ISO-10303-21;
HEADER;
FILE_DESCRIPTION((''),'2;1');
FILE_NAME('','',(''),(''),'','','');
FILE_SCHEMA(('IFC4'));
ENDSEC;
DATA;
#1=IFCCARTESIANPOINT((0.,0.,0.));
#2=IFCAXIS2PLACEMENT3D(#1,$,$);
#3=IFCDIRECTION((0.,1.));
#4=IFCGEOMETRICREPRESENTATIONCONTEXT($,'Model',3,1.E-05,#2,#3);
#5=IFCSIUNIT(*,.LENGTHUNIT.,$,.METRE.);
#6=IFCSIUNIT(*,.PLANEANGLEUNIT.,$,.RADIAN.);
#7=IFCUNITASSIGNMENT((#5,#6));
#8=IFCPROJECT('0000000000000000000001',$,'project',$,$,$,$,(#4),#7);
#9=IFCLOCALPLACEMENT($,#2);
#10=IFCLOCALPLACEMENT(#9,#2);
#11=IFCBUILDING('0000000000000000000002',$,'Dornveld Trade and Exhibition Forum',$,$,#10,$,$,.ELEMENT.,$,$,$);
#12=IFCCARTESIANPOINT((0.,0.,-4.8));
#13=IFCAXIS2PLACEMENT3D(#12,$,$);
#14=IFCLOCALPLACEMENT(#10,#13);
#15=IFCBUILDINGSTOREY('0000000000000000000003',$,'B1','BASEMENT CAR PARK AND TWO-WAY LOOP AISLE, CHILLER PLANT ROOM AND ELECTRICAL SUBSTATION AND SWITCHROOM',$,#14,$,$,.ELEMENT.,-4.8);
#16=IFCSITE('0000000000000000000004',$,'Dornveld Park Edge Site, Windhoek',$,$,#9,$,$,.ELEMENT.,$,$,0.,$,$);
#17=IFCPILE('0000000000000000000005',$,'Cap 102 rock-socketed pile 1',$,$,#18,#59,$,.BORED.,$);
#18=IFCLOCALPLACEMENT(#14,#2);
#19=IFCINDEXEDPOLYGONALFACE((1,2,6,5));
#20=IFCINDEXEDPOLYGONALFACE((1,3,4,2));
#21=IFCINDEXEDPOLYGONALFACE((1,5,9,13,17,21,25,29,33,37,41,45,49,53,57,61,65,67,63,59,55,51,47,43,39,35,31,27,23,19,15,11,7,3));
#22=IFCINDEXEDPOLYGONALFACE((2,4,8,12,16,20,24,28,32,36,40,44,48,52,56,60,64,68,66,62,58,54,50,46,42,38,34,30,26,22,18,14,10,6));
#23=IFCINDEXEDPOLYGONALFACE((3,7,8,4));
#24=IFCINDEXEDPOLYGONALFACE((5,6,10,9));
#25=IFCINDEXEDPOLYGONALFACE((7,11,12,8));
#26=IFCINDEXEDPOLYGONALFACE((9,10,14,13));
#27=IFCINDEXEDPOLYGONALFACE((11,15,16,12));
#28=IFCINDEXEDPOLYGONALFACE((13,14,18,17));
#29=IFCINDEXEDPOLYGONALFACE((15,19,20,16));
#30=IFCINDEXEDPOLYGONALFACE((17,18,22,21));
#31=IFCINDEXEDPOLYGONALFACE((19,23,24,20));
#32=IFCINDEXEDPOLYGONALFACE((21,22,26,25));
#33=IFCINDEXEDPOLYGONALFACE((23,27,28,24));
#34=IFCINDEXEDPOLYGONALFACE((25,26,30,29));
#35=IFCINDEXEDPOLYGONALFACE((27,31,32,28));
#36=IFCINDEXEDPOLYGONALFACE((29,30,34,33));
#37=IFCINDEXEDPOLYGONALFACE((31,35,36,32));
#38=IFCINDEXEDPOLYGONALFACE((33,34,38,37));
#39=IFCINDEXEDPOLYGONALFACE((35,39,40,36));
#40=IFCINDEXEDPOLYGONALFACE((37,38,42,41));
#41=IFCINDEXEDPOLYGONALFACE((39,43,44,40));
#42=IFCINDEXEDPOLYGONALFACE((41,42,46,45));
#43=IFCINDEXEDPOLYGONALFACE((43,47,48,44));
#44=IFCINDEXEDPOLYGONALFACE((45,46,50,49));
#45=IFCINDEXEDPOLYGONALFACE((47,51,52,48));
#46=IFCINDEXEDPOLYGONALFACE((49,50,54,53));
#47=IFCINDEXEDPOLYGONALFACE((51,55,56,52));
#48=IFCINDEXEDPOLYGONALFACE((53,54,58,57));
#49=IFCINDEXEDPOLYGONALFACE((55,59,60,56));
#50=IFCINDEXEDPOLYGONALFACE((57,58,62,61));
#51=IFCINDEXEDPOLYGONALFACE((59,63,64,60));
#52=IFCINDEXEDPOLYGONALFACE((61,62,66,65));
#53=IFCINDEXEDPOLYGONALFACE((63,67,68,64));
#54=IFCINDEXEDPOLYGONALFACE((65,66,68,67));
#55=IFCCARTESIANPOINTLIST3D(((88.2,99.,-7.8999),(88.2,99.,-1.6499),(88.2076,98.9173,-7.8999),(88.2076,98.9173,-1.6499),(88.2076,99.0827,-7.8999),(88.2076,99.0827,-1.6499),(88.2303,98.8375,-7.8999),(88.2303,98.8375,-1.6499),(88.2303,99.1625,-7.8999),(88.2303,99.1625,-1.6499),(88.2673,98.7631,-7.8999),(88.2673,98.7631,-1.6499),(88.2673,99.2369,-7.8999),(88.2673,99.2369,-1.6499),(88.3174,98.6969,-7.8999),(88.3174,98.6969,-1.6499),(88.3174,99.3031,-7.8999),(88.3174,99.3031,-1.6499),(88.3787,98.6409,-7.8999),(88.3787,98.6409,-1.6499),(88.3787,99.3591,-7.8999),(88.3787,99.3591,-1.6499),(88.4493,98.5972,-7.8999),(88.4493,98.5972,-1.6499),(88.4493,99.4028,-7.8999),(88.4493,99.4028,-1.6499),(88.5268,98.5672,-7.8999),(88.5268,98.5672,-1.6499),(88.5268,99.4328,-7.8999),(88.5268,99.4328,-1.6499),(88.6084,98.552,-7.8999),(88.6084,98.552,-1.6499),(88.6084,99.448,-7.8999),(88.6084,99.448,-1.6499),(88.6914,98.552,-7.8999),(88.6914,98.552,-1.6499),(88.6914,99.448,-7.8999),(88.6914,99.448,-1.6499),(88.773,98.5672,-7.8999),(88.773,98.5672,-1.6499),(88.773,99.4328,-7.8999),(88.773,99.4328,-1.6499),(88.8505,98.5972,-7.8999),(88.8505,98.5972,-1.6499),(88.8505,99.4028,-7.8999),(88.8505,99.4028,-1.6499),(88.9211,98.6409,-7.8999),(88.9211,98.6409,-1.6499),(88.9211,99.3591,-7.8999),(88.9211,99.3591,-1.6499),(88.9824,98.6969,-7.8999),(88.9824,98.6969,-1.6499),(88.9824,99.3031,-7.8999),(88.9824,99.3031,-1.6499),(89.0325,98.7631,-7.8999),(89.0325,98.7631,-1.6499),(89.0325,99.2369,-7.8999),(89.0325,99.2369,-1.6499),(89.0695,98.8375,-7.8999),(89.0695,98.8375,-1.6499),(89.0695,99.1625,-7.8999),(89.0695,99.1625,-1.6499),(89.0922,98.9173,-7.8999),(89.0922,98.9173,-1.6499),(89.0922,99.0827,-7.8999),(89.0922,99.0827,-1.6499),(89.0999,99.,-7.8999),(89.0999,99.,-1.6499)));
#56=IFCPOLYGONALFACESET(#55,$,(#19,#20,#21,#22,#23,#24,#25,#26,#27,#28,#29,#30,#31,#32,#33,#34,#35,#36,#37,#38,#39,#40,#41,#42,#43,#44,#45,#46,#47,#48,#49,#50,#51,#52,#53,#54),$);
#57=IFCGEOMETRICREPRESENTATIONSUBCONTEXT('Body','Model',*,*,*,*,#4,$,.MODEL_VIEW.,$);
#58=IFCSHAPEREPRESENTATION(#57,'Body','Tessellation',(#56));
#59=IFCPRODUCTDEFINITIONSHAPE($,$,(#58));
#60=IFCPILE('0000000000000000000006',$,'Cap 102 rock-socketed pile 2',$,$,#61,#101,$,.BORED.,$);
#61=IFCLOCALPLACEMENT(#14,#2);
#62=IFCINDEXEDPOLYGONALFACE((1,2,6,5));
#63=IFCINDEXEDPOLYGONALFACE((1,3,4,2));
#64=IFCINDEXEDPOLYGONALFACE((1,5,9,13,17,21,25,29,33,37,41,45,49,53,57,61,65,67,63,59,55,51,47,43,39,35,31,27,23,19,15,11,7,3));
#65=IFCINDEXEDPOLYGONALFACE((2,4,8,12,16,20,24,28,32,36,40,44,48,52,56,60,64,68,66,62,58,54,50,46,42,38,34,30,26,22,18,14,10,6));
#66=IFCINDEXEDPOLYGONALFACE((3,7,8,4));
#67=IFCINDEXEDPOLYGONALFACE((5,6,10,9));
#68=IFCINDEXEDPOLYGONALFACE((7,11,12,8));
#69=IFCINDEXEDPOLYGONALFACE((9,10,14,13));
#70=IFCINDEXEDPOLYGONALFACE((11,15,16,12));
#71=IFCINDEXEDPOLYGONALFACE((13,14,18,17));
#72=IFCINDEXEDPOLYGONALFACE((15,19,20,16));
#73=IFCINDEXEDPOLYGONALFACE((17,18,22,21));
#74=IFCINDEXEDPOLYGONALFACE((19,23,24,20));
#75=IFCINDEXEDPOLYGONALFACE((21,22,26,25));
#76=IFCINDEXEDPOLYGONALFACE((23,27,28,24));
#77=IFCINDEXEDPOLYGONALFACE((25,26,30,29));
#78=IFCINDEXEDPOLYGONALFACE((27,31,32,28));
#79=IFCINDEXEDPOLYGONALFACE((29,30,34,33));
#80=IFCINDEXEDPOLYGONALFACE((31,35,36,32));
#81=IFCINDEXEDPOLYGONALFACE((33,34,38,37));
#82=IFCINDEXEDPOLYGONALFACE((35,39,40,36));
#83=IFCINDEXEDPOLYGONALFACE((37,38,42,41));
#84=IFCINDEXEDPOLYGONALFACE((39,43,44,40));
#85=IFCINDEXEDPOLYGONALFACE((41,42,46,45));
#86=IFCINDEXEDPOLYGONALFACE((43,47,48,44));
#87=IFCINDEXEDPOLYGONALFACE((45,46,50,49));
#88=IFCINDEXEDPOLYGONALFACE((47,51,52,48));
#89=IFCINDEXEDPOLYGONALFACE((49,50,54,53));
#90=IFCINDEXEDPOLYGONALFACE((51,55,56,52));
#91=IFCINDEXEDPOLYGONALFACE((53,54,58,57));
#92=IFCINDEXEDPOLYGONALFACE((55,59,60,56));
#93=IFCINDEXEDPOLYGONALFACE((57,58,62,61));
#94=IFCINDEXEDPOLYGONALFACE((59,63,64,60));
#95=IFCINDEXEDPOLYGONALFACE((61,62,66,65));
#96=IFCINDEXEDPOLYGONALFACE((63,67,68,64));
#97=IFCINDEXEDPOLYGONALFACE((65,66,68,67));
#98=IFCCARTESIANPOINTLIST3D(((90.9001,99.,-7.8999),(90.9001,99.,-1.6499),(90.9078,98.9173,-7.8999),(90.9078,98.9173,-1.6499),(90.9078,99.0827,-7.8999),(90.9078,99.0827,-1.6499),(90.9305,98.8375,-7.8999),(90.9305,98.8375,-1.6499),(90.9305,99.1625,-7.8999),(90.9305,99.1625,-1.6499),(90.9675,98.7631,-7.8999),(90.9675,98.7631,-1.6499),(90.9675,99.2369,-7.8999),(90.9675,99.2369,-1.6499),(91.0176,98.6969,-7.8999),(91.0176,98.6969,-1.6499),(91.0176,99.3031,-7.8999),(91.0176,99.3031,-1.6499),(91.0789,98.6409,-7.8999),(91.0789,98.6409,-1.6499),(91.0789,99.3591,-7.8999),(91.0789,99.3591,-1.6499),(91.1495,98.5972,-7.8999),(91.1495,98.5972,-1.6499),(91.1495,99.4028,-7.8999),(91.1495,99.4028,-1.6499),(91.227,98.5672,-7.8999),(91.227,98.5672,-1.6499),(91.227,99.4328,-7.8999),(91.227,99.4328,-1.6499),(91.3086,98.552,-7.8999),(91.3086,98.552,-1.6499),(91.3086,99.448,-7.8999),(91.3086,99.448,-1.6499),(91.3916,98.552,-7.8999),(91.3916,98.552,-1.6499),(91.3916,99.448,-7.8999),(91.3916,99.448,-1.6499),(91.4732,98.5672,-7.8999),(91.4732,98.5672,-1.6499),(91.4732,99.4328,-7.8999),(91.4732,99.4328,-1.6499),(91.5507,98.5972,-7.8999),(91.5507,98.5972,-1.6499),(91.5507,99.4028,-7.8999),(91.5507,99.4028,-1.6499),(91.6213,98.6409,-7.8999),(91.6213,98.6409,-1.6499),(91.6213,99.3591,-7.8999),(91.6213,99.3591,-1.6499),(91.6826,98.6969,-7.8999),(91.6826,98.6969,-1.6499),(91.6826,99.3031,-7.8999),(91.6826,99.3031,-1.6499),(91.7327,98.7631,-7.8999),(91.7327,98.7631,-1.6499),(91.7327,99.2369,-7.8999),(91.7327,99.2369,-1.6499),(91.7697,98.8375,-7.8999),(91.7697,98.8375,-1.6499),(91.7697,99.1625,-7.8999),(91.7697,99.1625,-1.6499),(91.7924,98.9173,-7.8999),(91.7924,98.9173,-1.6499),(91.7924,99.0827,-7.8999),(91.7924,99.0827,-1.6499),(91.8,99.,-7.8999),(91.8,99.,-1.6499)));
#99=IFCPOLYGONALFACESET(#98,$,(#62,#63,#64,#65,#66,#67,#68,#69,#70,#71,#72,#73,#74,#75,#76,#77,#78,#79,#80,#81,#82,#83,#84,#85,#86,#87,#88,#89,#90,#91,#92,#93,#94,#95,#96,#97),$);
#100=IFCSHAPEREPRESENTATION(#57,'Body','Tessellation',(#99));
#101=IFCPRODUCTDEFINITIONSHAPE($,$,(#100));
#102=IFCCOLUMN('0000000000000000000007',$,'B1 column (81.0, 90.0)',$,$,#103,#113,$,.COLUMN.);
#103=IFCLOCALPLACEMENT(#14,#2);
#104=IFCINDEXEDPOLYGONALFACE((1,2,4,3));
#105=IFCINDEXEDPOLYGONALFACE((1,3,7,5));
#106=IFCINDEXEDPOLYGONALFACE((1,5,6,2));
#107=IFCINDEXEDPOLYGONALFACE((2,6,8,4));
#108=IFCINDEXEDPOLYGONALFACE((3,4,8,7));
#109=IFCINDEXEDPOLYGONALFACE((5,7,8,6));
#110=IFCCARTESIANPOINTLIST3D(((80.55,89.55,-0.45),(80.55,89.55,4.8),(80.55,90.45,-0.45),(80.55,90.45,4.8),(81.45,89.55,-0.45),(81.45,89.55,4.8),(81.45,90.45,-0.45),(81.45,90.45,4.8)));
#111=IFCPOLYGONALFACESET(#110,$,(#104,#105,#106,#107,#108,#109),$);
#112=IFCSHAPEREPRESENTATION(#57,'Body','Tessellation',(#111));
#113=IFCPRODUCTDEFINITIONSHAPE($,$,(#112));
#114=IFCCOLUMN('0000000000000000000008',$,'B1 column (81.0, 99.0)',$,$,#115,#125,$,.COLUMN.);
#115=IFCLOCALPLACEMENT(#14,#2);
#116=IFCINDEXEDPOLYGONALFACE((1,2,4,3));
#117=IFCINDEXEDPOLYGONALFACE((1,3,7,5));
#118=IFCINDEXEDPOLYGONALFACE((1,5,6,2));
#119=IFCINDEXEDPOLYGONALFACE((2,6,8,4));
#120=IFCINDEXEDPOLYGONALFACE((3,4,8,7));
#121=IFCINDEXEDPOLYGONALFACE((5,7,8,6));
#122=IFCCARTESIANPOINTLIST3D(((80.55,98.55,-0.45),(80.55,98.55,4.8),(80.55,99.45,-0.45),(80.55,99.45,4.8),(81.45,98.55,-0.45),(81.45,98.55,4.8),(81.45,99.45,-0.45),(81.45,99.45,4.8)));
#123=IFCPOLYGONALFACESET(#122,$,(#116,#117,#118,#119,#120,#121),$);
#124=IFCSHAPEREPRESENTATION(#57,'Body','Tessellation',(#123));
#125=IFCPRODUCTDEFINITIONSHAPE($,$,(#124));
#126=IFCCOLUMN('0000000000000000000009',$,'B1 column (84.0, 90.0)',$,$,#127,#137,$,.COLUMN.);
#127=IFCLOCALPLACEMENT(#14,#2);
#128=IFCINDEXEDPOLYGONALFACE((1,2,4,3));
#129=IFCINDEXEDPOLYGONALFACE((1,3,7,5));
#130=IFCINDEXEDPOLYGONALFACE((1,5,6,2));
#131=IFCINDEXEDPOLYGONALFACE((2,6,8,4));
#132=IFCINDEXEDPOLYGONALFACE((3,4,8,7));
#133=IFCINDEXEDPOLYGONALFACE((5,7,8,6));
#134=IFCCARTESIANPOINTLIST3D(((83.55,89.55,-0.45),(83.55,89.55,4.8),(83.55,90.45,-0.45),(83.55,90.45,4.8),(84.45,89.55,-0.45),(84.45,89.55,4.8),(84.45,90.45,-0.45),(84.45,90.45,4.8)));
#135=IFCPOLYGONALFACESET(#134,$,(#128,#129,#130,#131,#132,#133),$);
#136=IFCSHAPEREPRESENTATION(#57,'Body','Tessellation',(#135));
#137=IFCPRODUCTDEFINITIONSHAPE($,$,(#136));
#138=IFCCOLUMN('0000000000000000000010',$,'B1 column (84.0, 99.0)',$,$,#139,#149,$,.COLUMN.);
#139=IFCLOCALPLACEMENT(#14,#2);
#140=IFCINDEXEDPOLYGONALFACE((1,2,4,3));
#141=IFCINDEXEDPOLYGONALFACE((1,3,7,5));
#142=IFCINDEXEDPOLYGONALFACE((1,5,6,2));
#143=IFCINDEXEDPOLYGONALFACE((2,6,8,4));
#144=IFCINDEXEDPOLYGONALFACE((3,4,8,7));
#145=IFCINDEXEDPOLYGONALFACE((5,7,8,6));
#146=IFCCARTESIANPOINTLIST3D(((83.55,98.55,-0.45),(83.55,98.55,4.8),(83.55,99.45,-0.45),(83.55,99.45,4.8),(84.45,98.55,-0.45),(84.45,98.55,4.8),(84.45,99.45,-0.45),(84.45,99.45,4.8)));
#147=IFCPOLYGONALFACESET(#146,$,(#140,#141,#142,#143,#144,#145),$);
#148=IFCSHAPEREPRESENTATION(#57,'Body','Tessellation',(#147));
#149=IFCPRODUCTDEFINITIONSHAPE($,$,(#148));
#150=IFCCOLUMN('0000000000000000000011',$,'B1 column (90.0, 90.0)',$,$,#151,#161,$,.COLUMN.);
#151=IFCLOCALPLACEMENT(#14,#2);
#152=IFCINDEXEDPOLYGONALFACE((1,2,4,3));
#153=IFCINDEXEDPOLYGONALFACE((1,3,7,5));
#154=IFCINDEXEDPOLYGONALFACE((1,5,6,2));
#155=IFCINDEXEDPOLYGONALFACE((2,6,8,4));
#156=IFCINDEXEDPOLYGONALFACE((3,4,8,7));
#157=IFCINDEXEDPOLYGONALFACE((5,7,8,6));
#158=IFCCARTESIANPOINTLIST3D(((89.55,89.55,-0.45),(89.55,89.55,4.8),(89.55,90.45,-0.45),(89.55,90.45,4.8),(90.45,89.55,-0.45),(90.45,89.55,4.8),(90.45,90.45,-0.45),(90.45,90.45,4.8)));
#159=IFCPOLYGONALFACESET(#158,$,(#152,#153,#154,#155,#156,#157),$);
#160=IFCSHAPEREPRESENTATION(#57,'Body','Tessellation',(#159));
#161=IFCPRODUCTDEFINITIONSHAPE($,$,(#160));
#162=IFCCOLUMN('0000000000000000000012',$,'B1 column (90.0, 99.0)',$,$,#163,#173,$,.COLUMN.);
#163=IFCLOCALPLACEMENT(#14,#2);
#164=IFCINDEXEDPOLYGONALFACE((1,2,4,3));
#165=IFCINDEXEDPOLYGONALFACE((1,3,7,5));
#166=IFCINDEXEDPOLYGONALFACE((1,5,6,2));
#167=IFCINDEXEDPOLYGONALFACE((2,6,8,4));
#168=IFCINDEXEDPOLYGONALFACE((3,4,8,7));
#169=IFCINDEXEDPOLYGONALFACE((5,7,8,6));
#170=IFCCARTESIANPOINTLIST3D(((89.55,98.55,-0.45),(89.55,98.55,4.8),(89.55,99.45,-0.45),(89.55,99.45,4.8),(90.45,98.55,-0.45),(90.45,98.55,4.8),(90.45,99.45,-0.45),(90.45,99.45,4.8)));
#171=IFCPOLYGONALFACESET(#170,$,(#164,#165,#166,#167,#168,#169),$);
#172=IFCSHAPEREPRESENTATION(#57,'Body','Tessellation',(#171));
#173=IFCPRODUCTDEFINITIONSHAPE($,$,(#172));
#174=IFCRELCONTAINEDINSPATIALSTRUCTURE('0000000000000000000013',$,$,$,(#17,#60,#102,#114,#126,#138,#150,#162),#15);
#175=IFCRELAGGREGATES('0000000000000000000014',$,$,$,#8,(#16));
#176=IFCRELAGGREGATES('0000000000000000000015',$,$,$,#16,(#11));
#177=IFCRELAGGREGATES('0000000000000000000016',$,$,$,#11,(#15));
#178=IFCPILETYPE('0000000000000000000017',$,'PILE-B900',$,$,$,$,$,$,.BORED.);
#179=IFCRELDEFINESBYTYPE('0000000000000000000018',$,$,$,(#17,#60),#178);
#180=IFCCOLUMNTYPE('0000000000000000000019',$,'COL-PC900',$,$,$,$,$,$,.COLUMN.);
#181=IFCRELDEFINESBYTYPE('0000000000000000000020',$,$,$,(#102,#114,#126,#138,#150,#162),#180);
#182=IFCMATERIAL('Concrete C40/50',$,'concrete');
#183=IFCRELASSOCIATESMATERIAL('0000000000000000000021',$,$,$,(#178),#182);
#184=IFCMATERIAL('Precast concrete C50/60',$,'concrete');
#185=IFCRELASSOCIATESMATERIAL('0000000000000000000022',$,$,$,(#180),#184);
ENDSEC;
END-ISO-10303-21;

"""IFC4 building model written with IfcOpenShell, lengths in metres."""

from ifc_helpers import new_model, si_unit, direction, frame, origin, origin_2d, place, context, subcontext, project, spatial, rectangle, circle, extrude, material, material_profile, profile_set, type_object, element, save


model = new_model("IFC4")

# Units and contexts
model_context = context("Model", 3, precision=1e-05, world=origin(), true_north=direction((0.0, 1.0)))
body_context = subcontext(model_context, "Body", "Model", "MODEL_VIEW")
ifc_project = project(units=[si_unit("LENGTHUNIT", "METRE"), si_unit("PLANEANGLEUNIT", "RADIAN")], contexts=[model_context])

# Site, building, storey
site_placement = place(None, origin())
site = spatial("IfcSite", under=ifc_project, at=site_placement, Name="Dornveld Park Edge Site, Windhoek", CompositionType="ELEMENT", RefElevation=0.0)
building_placement = place(site_placement, origin())
building = spatial("IfcBuilding", under=site, at=building_placement, Name="Dornveld Trade and Exhibition Forum", CompositionType="ELEMENT")
storey_placement = place(building_placement, frame((0.0, 0.0, -4.8)))
storey = spatial("IfcBuildingStorey", under=building, at=storey_placement, Name="B1", Description="BASEMENT CAR PARK AND TWO-WAY LOOP AISLE, CHILLER PLANT ROOM AND ELECTRICAL SUBSTATION AND SWITCHROOM", CompositionType="ELEMENT", Elevation=-4.8)

# Piles
ifc_material_1 = material(Name="Concrete C40/50", Category="concrete")
ifc_material_profile_1 = material_profile(ifc_material_1, circle(Radius=0.45, at=origin_2d()), Name="PILE D900")
ifc_profile_set_1 = profile_set([ifc_material_profile_1], Name="Concrete C40/50")
pile_type_1 = type_object("IfcPileType", Name="PILE-B900", PredefinedType="BORED", material=ifc_profile_set_1)
for number, where, z_axis, x_axis, name in (
    (1, (88.6499, 99.0, -1.6499), (0.0, 0.0, -1.0), (1.0, 0.0, 0.0), "Cap 102 rock-socketed pile 1"),
    (2, (91.3501, 99.0, -1.6499), (0.0, 0.0, -1.0), (1.0, 0.0, 0.0), "Cap 102 rock-socketed pile 2"),
):
    element("IfcPile", number, at=place(storey_placement, frame(where, z_axis=z_axis, x_axis=x_axis)), inside=storey, type_object=pile_type_1, Name=name, PredefinedType="BORED", context=body_context, shape_type="SweptSolid", body=[
        extrude(circle(Radius=0.45, at=origin_2d()), origin(), (0.0, 0.0, 1.0), 6.25),
    ])

# Columns
ifc_material_2 = material(Name="Precast concrete C50/60", Category="concrete")
ifc_material_profile_2 = material_profile(ifc_material_2, rectangle(XDim=0.8999, YDim=0.8999, at=origin_2d()), Name="PC-COL 900x900")
ifc_profile_set_2 = profile_set([ifc_material_profile_2], Name="Precast concrete C50/60")
column_type = type_object("IfcColumnType", Name="COL-PC900", PredefinedType="COLUMN", material=ifc_profile_set_2)
for number, where, z_axis, x_axis, name in (
    (3, (81.0, 90.0, -0.45), (0.0, 0.0, 1.0), (1.0, 0.0, 0.0), "B1 column (81.0, 90.0)"),
    (4, (81.0, 99.0, -0.45), (0.0, 0.0, 1.0), (1.0, 0.0, 0.0), "B1 column (81.0, 99.0)"),
    (5, (84.0, 90.0, -0.45), (0.0, 0.0, 1.0), (1.0, 0.0, 0.0), "B1 column (84.0, 90.0)"),
    (6, (84.0, 99.0, -0.45), (0.0, 0.0, 1.0), (1.0, 0.0, 0.0), "B1 column (84.0, 99.0)"),
    (7, (90.0, 90.0, -0.45), (0.0, 0.0, 1.0), (1.0, 0.0, 0.0), "B1 column (90.0, 90.0)"),
    (8, (90.0, 99.0, -0.45), (0.0, 0.0, 1.0), (1.0, 0.0, 0.0), "B1 column (90.0, 99.0)"),
):
    element("IfcColumn", number, at=place(storey_placement, frame(where, z_axis=z_axis, x_axis=x_axis)), inside=storey, type_object=column_type, Name=name, PredefinedType="COLUMN", context=body_context, shape_type="SweptSolid", body=[
        extrude(rectangle(XDim=0.8999, YDim=0.8999, at=origin_2d()), origin(), (0.0, 0.0, 1.0), 5.25),
    ])

save(model, "model.ifc")
